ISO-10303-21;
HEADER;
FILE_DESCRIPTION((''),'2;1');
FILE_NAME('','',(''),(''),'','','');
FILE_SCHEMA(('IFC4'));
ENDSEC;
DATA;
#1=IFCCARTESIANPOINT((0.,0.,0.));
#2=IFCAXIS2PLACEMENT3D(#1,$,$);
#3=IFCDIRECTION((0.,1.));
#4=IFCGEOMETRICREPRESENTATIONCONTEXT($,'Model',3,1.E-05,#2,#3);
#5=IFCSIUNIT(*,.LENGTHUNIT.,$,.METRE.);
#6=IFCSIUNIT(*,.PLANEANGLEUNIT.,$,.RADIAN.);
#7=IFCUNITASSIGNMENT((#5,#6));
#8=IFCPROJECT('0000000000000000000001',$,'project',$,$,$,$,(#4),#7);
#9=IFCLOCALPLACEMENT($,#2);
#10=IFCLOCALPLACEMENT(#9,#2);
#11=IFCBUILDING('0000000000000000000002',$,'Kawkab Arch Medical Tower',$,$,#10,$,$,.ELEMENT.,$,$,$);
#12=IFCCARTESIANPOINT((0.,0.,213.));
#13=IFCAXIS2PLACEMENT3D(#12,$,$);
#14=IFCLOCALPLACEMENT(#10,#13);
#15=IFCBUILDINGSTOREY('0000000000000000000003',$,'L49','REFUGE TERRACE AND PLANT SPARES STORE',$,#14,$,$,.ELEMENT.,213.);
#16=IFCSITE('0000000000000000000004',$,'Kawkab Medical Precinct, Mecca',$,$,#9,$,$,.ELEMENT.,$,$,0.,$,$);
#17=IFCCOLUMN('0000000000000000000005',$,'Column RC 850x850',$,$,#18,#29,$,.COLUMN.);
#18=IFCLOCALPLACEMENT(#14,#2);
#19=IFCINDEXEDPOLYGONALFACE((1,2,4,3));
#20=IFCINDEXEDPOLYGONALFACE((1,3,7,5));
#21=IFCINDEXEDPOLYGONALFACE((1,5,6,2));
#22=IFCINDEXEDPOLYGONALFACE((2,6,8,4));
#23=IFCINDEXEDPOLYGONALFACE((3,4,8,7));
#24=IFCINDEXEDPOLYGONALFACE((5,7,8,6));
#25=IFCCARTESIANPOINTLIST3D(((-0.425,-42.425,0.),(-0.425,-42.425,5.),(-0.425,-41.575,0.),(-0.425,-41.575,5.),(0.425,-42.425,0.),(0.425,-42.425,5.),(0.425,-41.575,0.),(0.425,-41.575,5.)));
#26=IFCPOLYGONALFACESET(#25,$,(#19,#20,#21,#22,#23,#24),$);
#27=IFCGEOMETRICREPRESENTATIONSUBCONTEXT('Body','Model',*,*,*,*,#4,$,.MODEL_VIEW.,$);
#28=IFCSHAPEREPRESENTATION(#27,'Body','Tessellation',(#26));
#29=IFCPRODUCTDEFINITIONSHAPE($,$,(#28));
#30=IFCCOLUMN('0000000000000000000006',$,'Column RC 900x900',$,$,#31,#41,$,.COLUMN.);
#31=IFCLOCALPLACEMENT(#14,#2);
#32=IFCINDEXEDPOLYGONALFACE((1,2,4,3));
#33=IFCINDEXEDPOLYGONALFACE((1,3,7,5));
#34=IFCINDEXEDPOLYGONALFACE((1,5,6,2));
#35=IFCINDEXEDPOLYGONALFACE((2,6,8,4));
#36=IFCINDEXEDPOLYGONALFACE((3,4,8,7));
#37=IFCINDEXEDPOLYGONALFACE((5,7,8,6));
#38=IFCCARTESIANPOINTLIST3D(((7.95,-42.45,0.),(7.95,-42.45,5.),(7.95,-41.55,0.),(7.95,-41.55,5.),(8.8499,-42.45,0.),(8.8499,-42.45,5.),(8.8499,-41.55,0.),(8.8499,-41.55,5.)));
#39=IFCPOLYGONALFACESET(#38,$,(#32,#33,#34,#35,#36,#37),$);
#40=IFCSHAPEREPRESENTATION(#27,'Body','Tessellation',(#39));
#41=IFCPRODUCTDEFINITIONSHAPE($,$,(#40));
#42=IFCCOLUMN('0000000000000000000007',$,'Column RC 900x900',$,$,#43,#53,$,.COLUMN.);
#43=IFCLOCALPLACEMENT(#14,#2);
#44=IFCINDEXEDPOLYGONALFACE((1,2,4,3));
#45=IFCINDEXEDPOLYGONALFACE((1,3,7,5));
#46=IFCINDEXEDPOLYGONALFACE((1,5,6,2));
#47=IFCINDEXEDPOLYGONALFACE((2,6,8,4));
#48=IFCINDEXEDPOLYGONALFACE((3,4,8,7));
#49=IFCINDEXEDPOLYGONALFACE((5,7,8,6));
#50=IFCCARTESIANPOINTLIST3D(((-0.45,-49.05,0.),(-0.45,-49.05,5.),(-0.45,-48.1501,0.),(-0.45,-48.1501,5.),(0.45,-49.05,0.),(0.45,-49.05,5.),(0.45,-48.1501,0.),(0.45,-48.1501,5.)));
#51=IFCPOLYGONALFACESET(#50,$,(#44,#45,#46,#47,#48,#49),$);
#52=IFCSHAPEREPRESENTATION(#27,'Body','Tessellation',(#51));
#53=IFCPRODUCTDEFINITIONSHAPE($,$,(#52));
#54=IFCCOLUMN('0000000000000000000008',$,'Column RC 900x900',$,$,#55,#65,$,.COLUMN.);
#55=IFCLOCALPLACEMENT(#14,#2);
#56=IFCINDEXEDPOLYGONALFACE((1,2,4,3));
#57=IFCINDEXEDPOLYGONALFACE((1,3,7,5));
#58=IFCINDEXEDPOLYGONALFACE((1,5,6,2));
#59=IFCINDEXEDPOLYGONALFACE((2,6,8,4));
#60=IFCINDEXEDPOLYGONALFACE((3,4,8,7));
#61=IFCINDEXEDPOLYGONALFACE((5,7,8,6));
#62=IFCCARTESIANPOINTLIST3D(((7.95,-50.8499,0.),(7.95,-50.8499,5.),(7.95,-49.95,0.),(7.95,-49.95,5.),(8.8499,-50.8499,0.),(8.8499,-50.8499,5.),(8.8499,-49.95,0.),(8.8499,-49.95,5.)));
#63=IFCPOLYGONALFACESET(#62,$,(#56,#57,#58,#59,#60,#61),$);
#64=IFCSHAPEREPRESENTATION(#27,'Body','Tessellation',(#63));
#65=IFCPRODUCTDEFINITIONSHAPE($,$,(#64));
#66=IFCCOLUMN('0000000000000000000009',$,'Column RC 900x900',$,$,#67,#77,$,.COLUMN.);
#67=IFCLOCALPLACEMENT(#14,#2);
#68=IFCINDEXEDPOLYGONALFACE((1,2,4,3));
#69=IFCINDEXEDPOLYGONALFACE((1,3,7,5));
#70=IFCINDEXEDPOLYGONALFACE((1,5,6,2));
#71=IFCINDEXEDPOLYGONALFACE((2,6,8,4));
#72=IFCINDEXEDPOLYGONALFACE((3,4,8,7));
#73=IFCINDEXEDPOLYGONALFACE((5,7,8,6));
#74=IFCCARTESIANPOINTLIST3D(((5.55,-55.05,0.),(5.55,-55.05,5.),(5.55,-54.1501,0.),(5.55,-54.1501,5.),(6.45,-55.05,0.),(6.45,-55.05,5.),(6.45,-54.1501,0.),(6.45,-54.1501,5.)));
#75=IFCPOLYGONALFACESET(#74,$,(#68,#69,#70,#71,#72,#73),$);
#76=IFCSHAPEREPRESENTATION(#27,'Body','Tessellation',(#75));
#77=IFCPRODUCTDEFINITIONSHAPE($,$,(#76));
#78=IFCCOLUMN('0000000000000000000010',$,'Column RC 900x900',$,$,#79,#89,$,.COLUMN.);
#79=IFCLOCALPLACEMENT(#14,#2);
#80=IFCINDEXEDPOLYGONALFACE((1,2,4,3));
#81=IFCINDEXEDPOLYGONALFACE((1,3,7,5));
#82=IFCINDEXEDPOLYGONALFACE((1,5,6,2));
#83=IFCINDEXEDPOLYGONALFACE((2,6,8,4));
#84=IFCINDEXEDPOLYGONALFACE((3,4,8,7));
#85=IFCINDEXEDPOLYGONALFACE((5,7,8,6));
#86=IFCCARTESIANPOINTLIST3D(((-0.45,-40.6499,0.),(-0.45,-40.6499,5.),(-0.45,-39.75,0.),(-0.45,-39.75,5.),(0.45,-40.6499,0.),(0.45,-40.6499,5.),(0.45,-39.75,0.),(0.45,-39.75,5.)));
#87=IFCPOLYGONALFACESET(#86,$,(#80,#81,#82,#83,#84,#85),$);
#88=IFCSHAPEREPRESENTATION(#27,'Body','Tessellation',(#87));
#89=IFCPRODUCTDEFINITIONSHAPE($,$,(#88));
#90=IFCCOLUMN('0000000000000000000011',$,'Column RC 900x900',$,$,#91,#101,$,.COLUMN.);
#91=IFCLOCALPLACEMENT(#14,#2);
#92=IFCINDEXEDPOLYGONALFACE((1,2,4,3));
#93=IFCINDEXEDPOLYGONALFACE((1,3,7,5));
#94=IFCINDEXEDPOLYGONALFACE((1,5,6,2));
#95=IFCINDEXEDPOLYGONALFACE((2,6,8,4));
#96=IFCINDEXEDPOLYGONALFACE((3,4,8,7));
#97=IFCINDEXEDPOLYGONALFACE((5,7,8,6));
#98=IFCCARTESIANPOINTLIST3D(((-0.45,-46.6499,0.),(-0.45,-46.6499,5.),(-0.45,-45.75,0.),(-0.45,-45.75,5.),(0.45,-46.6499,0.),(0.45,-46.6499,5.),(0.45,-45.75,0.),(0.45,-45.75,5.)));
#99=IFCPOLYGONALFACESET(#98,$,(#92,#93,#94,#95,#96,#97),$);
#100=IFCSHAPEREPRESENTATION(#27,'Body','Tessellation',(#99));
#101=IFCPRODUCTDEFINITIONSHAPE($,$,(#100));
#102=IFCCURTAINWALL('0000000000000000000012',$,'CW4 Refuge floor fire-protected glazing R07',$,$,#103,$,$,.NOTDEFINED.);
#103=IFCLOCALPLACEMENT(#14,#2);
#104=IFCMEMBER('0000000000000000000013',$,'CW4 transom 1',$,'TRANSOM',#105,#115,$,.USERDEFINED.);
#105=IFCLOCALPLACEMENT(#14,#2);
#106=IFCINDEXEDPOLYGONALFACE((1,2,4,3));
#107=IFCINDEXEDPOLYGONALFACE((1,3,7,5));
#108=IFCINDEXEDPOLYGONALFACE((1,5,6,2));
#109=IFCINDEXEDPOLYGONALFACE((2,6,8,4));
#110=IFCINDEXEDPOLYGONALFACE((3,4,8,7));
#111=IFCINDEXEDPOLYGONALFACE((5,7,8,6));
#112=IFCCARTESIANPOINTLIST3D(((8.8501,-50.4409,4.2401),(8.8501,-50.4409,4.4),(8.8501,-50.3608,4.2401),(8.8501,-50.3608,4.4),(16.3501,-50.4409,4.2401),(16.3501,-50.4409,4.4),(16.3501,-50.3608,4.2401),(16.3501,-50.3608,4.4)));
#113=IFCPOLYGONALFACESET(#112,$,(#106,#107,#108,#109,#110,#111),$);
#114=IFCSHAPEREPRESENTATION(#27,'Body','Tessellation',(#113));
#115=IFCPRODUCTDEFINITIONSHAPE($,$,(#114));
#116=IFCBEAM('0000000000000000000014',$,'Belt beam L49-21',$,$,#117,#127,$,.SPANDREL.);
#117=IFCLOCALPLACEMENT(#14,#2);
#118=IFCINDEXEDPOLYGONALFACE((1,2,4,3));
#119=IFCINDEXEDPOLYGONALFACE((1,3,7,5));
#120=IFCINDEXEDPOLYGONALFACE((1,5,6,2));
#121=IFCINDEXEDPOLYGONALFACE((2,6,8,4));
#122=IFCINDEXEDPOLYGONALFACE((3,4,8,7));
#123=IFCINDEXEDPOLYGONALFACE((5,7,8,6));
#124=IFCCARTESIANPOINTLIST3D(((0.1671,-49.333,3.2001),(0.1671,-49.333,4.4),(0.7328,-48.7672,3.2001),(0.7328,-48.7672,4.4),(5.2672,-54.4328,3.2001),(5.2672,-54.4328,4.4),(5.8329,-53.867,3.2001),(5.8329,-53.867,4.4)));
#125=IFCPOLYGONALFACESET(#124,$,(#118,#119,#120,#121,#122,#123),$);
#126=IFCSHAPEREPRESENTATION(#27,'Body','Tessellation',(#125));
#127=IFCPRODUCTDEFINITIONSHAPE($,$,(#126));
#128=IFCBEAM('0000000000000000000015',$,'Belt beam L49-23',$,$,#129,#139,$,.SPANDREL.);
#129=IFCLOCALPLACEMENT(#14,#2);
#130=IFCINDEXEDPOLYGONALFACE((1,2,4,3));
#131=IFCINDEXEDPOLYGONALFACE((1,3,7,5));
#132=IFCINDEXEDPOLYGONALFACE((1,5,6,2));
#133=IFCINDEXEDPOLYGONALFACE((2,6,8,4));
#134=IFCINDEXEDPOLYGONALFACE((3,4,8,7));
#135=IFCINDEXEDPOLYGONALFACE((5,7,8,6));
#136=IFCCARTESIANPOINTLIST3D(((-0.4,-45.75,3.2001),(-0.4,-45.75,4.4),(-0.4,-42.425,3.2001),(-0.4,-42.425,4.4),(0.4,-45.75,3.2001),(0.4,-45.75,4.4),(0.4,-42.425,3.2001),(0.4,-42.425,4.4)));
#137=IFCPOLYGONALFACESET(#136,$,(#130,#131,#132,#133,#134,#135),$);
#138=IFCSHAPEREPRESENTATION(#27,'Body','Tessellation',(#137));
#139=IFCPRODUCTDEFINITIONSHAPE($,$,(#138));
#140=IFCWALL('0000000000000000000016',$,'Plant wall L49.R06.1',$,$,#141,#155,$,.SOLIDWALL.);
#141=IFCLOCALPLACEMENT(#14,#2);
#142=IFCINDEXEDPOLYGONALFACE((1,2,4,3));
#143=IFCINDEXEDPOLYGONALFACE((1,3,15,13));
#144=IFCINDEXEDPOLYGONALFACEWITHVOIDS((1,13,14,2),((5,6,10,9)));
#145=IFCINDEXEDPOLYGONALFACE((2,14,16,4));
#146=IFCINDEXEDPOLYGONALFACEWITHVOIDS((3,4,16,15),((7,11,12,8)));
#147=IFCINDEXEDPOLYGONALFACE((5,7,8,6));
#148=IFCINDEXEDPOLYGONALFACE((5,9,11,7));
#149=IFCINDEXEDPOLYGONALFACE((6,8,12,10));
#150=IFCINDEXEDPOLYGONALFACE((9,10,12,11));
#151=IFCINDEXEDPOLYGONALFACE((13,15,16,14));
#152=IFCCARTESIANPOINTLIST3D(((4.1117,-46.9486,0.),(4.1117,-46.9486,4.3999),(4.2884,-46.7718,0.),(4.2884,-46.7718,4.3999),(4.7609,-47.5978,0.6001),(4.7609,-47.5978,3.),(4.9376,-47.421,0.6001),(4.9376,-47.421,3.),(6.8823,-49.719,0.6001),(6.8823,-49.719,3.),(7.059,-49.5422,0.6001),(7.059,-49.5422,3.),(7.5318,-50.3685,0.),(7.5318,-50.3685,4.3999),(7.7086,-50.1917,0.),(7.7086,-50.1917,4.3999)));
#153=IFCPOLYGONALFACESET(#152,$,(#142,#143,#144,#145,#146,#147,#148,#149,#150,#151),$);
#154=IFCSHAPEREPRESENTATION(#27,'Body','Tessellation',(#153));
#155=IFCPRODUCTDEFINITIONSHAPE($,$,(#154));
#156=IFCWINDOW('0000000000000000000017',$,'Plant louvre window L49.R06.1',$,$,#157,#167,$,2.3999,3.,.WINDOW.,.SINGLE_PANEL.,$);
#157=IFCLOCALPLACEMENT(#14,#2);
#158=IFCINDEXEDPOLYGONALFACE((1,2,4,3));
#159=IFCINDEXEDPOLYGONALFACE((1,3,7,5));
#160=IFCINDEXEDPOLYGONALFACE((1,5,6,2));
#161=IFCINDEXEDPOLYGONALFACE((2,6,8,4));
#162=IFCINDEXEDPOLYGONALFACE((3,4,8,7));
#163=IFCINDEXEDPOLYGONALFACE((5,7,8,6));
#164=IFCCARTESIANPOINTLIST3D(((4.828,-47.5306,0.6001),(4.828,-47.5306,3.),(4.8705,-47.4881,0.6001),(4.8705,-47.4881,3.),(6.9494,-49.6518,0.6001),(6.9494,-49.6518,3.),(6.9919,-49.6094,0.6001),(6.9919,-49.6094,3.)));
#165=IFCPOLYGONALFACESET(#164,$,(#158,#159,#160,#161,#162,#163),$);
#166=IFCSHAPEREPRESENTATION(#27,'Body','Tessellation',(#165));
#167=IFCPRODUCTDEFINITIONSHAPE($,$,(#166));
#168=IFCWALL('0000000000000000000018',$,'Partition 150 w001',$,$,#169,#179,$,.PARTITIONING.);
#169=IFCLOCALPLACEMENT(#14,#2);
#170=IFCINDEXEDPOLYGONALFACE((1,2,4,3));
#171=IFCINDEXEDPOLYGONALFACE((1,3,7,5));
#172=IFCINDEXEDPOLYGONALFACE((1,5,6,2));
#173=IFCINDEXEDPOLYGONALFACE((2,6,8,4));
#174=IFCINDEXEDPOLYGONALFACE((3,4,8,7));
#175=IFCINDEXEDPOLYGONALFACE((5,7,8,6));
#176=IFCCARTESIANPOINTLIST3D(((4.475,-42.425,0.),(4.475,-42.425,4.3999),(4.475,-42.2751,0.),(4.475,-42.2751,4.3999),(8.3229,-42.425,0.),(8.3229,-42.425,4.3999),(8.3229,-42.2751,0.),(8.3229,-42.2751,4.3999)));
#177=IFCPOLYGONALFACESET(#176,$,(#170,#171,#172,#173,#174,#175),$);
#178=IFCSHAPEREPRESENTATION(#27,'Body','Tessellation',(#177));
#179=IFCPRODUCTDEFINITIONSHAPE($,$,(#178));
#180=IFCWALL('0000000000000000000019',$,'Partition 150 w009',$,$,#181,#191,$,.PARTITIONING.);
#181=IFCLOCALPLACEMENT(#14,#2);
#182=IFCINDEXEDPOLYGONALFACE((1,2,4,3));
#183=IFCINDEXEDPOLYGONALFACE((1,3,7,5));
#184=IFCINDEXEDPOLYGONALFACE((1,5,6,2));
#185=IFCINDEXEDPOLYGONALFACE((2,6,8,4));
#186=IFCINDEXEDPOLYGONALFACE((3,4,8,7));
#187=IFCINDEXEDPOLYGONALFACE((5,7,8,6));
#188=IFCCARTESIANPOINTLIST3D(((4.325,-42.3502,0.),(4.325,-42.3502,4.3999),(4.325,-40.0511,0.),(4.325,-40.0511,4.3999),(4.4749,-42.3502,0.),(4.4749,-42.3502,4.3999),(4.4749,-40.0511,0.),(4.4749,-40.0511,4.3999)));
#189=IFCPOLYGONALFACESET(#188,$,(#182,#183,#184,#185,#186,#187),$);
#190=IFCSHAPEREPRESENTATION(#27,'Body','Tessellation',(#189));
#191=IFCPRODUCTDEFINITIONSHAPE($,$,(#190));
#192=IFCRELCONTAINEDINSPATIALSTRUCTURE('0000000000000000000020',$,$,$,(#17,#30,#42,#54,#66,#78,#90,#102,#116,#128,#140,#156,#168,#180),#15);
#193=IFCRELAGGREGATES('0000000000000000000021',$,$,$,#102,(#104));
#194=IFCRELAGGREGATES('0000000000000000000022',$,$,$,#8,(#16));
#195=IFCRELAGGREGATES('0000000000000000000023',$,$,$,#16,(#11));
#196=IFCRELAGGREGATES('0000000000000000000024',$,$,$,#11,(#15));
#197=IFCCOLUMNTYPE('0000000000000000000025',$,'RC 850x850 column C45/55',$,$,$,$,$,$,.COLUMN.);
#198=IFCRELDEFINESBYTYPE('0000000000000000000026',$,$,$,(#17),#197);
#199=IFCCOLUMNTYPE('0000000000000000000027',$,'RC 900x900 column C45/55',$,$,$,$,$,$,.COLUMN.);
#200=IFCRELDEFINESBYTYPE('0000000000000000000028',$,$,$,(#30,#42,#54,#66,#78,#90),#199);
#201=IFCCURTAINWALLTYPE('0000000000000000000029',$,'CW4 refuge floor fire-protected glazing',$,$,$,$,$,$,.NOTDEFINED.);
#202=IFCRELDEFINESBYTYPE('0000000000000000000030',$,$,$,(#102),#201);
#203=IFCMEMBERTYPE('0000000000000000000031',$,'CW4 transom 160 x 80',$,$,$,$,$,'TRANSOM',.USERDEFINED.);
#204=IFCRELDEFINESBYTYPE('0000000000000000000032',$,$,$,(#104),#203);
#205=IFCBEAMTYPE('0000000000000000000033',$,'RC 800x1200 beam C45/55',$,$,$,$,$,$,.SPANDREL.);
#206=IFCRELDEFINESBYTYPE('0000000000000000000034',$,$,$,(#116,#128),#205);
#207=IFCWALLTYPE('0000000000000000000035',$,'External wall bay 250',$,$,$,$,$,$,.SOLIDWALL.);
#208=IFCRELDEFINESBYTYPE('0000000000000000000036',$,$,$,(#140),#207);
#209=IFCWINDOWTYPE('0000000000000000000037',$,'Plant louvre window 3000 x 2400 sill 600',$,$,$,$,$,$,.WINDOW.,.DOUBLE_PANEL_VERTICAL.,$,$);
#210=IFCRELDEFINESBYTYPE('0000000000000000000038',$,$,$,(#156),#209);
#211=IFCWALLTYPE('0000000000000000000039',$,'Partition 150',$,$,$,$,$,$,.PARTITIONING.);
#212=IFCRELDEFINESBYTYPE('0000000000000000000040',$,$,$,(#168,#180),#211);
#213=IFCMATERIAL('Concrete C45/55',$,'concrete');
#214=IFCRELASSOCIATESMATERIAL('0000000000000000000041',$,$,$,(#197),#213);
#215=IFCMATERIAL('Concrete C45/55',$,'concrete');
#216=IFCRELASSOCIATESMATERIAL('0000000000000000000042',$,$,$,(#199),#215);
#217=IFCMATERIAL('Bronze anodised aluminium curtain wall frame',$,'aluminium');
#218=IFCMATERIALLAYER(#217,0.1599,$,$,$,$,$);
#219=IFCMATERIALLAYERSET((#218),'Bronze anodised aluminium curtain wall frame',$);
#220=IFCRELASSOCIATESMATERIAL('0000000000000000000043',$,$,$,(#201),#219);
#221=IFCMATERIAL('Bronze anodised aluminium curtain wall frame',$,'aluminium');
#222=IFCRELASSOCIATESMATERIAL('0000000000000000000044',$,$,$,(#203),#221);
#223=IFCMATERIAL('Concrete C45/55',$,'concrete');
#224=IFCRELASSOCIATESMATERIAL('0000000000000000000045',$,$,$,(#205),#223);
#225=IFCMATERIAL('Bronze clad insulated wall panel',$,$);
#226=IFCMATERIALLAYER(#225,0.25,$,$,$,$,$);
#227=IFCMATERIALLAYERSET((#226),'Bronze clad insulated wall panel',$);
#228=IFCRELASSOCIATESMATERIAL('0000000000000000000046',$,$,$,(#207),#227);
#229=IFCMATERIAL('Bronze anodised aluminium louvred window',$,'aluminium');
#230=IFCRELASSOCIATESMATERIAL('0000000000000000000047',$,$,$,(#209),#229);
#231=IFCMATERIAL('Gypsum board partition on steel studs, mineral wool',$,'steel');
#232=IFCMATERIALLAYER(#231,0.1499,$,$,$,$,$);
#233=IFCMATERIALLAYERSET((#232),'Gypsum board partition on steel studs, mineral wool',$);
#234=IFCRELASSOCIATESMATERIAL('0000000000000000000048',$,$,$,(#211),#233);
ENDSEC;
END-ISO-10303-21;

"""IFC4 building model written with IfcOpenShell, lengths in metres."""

from ifc_helpers import new_model, si_unit, direction, frame, frame_2d, origin, origin_2d, place, context, subcontext, project, spatial, rectangle, extrude, material, layer, layer_set, material_profile, profile_set, type_object, element, fill, aggregate, save


model = new_model("IFC4")

# Units and contexts
model_context = context("Model", 3, precision=1e-05, world=origin(), true_north=direction((0.0, 1.0)))
body_context = subcontext(model_context, "Body", "Model", "MODEL_VIEW")
ifc_project = project(units=[si_unit("LENGTHUNIT", "METRE"), si_unit("PLANEANGLEUNIT", "RADIAN")], contexts=[model_context])

# Site, building, storey
site_placement = place(None, origin())
site = spatial("IfcSite", under=ifc_project, at=site_placement, Name="Kawkab Medical Precinct, Mecca", CompositionType="ELEMENT", RefElevation=0.0)
building_placement = place(site_placement, origin())
building = spatial("IfcBuilding", under=site, at=building_placement, Name="Kawkab Arch Medical Tower", CompositionType="ELEMENT")
storey_placement = place(building_placement, frame((0.0, 0.0, 213.0)))
storey = spatial("IfcBuildingStorey", under=building, at=storey_placement, Name="L49", Description="REFUGE TERRACE AND PLANT SPARES STORE", CompositionType="ELEMENT", Elevation=213.0)

# Columns
ifc_material_1 = material(Name="Concrete C45/55", Category="concrete")
ifc_material_profile_1 = material_profile(ifc_material_1, rectangle(XDim=0.8501, YDim=0.8501, at=origin_2d()), Name="RC 850x850")
ifc_profile_set_1 = profile_set([ifc_material_profile_1], Name="Concrete C45/55")
column_type_1 = type_object("IfcColumnType", Name="RC 850x850 column C45/55", PredefinedType="COLUMN", material=ifc_profile_set_1)
column_placement = place(storey_placement, frame((0.0, -42.0, 0.0), z_axis=(0.0, 0.0, 1.0), x_axis=(1.0, 0.0, 0.0)))
element("IfcColumn", 1, at=column_placement, inside=storey, type_object=column_type_1, Name="Column RC 850x850", PredefinedType="COLUMN", context=body_context, shape_type="SweptSolid", body=[
    extrude(rectangle(XDim=0.8501, YDim=0.8501, at=origin_2d()), origin(), (0.0, 0.0, 1.0), 5.0),
])
ifc_material_2 = material(Name="Concrete C45/55", Category="concrete")
ifc_material_profile_2 = material_profile(ifc_material_2, rectangle(XDim=0.8999, YDim=0.8999, at=origin_2d()), Name="RC 900x900")
ifc_profile_set_2 = profile_set([ifc_material_profile_2], Name="Concrete C45/55")
column_type_2 = type_object("IfcColumnType", Name="RC 900x900 column C45/55", PredefinedType="COLUMN", material=ifc_profile_set_2)
for number, where, z_axis, x_axis, name in (
    (2, (8.3999, -42.0, 0.0), (0.0, 0.0, 1.0), (1.0, 0.0, 0.0), "Column RC 900x900"),
    (3, (0.0, -48.6001, 0.0), (0.0, 0.0, 1.0), (1.0, 0.0, 0.0), "Column RC 900x900"),
    (4, (8.3999, -50.3999, 0.0), (0.0, 0.0, 1.0), (1.0, 0.0, 0.0), "Column RC 900x900"),
    (5, (6.0, -54.6001, 0.0), (0.0, 0.0, 1.0), (1.0, 0.0, 0.0), "Column RC 900x900"),
    (6, (0.0, -40.2, 0.0), (0.0, 0.0, 1.0), (1.0, 0.0, 0.0), "Column RC 900x900"),
    (7, (0.0, -46.2, 0.0), (0.0, 0.0, 1.0), (1.0, 0.0, 0.0), "Column RC 900x900"),
):
    element("IfcColumn", number, at=place(storey_placement, frame(where, z_axis=z_axis, x_axis=x_axis)), inside=storey, type_object=column_type_2, Name=name, PredefinedType="COLUMN", context=body_context, shape_type="SweptSolid", body=[
        extrude(rectangle(XDim=0.8999, YDim=0.8999, at=origin_2d()), origin(), (0.0, 0.0, 1.0), 5.0),
    ])

# Curtain wall, member
ifc_material_3 = material(Name="Bronze anodised aluminium curtain wall frame", Category="aluminium")
ifc_layer_1 = layer(ifc_material_3, 0.1599)
ifc_layer_set_1 = layer_set([ifc_layer_1], Name="Bronze anodised aluminium curtain wall frame")
curtain_wall_type = type_object("IfcCurtainWallType", Name="CW4 refuge floor fire-protected glazing", PredefinedType="NOTDEFINED", material=ifc_layer_set_1)
curtain_wall_placement = place(storey_placement, origin())
curtain_wall = element("IfcCurtainWall", 8, at=curtain_wall_placement, inside=storey, type_object=curtain_wall_type, Name="CW4 Refuge floor fire-protected glazing R07", PredefinedType="NOTDEFINED")
ifc_material_4 = material(Name="Bronze anodised aluminium curtain wall frame", Category="aluminium")
ifc_material_profile_3 = material_profile(ifc_material_4, rectangle(XDim=0.0801, YDim=0.1599, at=origin_2d()), Name="AL 80x160")
ifc_profile_set_3 = profile_set([ifc_material_profile_3], Name="Bronze anodised aluminium curtain wall frame")
member_type = type_object("IfcMemberType", Name="CW4 transom 160 x 80", ElementType="TRANSOM", PredefinedType="USERDEFINED", material=ifc_profile_set_3)
member_placement = place(storey_placement, frame((8.8501, -50.4009, 4.3201), z_axis=(1.0, 0.0, 0.0), x_axis=(0.0, 1.0, 0.0)))
member = element("IfcMember", 9, at=member_placement, type_object=member_type, Name="CW4 transom 1", ObjectType="TRANSOM", PredefinedType="USERDEFINED", context=body_context, shape_type="SweptSolid", body=[
    extrude(rectangle(XDim=0.0801, YDim=0.1599, at=origin_2d()), origin(), (0.0, 0.0, 1.0), 7.5),
])
aggregate(curtain_wall, [member])

# Beams
ifc_material_5 = material(Name="Concrete C45/55", Category="concrete")
ifc_material_profile_4 = material_profile(ifc_material_5, rectangle(XDim=0.8, YDim=1.2, at=origin_2d()), Name="RC 800x1200")
ifc_profile_set_4 = profile_set([ifc_material_profile_4], Name="Concrete C45/55")
beam_type = type_object("IfcBeamType", Name="RC 800x1200 beam C45/55", PredefinedType="SPANDREL", material=ifc_profile_set_4)
beam_1_placement = place(storey_placement, frame((5.55, -54.1499, 3.8), z_axis=(-0.707124, 0.70709, 0.0), x_axis=(-0.70709, -0.707124, 0.0)))
element("IfcBeam", 10, at=beam_1_placement, inside=storey, type_object=beam_type, Name="Belt beam L49-21", PredefinedType="SPANDREL", context=body_context, shape_type="SweptSolid", body=[
    extrude(rectangle(XDim=0.8, YDim=1.2, at=origin_2d()), origin(), (0.0, 0.0, 1.0), 7.2124),
])
beam_2_placement = place(storey_placement, frame((0.0, -45.75, 3.8), z_axis=(0.0, 1.0, 0.0), x_axis=(-1.0, 0.0, 0.0)))
element("IfcBeam", 11, at=beam_2_placement, inside=storey, type_object=beam_type, Name="Belt beam L49-23", PredefinedType="SPANDREL", context=body_context, shape_type="SweptSolid", body=[
    extrude(rectangle(XDim=0.8, YDim=1.2, at=origin_2d()), origin(), (0.0, 0.0, 1.0), 3.325),
])

# Wall, opening, window
ifc_material_6 = material(Name="Bronze clad insulated wall panel")
ifc_layer_2 = layer(ifc_material_6, 0.25)
ifc_layer_set_2 = layer_set([ifc_layer_2], Name="Bronze clad insulated wall panel")
wall_type_1 = type_object("IfcWallType", Name="External wall bay 250", PredefinedType="SOLIDWALL", material=ifc_layer_set_2)
wall_1_placement = place(storey_placement, frame((4.2, -46.8601, 0.0), z_axis=(0.0, 0.0, 1.0), x_axis=(0.707132, -0.707082, 0.0)))
wall_1 = element("IfcWall", 12, at=wall_1_placement, inside=storey, type_object=wall_type_1, Name="Plant wall L49.R06.1", PredefinedType="SOLIDWALL", context=body_context, shape_type="SweptSolid", body=[
    extrude(rectangle(XDim=4.8367, YDim=0.25, at=frame_2d((2.4185, 0.0))), origin(), (0.0, 0.0, 1.0), 4.3999),
])
opening_1_placement = place(wall_1_placement, frame((0.9182, 0.0, 0.6001)))
opening_1 = element("IfcOpeningElement", 13, at=opening_1_placement, cuts=wall_1, PredefinedType="OPENING", context=body_context, shape_type="SweptSolid", body=[
    extrude(rectangle(XDim=3.0, YDim=2.3999, at=frame_2d((1.5, 1.2))), frame((0.0, 0.135, 0.0), z_axis=(0.0, -1.0, 0.0), x_axis=(1.0, 0.0, 0.0)), (0.0, 0.0, 1.0), 0.27),
])
ifc_material_7 = material(Name="Bronze anodised aluminium louvred window", Category="aluminium")
window_type = type_object("IfcWindowType", Name="Plant louvre window 3000 x 2400 sill 600", PartitioningType="DOUBLE_PANEL_VERTICAL", PredefinedType="WINDOW", material=ifc_material_7)
window_placement = place(opening_1_placement, origin())
window = element("IfcWindow", 14, at=window_placement, inside=storey, type_object=window_type, Name="Plant louvre window L49.R06.1", OverallHeight=2.3999, OverallWidth=3.0, PartitioningType="SINGLE_PANEL", PredefinedType="WINDOW", context=body_context, shape_type="SweptSolid", body=[
    extrude(rectangle(XDim=3.0, YDim=2.3999, at=frame_2d((1.5, 1.2))), frame((0.0, 0.03, 0.0), z_axis=(0.0, -1.0, 0.0), x_axis=(1.0, 0.0, 0.0)), (0.0, 0.0, 1.0), 0.0601),
])
fill(opening_1, window)

# Walls
ifc_material_8 = material(Name="Gypsum board partition on steel studs, mineral wool", Category="steel")
ifc_layer_3 = layer(ifc_material_8, 0.1499)
ifc_layer_set_3 = layer_set([ifc_layer_3], Name="Gypsum board partition on steel studs, mineral wool")
wall_type_2 = type_object("IfcWallType", Name="Partition 150", PredefinedType="PARTITIONING", material=ifc_layer_set_3)
wall_2_placement = place(storey_placement, frame((4.4751, -42.3501, 0.0), z_axis=(0.0, 0.0, 1.0), x_axis=(1.0, 0.0, 0.0)))
element("IfcWall", 15, at=wall_2_placement, inside=storey, type_object=wall_type_2, Name="Partition 150 w001", PredefinedType="PARTITIONING", context=body_context, shape_type="SweptSolid", body=[
    extrude(rectangle(XDim=3.8479, YDim=0.1499, at=frame_2d((1.9238, 0.0))), origin(), (0.0, 0.0, 1.0), 4.3999),
])
wall_3_placement = place(storey_placement, frame((4.3999, -42.3501, 0.0), z_axis=(0.0, 0.0, 1.0), x_axis=(0.0, 1.0, 0.0)))
element("IfcWall", 16, at=wall_3_placement, inside=storey, type_object=wall_type_2, Name="Partition 150 w009", PredefinedType="PARTITIONING", context=body_context, shape_type="SweptSolid", body=[
    extrude(rectangle(XDim=2.2991, YDim=0.1499, at=frame_2d((1.1494, 0.0))), origin(), (0.0, 0.0, 1.0), 4.3999),
])

save(model, "model.ifc")
